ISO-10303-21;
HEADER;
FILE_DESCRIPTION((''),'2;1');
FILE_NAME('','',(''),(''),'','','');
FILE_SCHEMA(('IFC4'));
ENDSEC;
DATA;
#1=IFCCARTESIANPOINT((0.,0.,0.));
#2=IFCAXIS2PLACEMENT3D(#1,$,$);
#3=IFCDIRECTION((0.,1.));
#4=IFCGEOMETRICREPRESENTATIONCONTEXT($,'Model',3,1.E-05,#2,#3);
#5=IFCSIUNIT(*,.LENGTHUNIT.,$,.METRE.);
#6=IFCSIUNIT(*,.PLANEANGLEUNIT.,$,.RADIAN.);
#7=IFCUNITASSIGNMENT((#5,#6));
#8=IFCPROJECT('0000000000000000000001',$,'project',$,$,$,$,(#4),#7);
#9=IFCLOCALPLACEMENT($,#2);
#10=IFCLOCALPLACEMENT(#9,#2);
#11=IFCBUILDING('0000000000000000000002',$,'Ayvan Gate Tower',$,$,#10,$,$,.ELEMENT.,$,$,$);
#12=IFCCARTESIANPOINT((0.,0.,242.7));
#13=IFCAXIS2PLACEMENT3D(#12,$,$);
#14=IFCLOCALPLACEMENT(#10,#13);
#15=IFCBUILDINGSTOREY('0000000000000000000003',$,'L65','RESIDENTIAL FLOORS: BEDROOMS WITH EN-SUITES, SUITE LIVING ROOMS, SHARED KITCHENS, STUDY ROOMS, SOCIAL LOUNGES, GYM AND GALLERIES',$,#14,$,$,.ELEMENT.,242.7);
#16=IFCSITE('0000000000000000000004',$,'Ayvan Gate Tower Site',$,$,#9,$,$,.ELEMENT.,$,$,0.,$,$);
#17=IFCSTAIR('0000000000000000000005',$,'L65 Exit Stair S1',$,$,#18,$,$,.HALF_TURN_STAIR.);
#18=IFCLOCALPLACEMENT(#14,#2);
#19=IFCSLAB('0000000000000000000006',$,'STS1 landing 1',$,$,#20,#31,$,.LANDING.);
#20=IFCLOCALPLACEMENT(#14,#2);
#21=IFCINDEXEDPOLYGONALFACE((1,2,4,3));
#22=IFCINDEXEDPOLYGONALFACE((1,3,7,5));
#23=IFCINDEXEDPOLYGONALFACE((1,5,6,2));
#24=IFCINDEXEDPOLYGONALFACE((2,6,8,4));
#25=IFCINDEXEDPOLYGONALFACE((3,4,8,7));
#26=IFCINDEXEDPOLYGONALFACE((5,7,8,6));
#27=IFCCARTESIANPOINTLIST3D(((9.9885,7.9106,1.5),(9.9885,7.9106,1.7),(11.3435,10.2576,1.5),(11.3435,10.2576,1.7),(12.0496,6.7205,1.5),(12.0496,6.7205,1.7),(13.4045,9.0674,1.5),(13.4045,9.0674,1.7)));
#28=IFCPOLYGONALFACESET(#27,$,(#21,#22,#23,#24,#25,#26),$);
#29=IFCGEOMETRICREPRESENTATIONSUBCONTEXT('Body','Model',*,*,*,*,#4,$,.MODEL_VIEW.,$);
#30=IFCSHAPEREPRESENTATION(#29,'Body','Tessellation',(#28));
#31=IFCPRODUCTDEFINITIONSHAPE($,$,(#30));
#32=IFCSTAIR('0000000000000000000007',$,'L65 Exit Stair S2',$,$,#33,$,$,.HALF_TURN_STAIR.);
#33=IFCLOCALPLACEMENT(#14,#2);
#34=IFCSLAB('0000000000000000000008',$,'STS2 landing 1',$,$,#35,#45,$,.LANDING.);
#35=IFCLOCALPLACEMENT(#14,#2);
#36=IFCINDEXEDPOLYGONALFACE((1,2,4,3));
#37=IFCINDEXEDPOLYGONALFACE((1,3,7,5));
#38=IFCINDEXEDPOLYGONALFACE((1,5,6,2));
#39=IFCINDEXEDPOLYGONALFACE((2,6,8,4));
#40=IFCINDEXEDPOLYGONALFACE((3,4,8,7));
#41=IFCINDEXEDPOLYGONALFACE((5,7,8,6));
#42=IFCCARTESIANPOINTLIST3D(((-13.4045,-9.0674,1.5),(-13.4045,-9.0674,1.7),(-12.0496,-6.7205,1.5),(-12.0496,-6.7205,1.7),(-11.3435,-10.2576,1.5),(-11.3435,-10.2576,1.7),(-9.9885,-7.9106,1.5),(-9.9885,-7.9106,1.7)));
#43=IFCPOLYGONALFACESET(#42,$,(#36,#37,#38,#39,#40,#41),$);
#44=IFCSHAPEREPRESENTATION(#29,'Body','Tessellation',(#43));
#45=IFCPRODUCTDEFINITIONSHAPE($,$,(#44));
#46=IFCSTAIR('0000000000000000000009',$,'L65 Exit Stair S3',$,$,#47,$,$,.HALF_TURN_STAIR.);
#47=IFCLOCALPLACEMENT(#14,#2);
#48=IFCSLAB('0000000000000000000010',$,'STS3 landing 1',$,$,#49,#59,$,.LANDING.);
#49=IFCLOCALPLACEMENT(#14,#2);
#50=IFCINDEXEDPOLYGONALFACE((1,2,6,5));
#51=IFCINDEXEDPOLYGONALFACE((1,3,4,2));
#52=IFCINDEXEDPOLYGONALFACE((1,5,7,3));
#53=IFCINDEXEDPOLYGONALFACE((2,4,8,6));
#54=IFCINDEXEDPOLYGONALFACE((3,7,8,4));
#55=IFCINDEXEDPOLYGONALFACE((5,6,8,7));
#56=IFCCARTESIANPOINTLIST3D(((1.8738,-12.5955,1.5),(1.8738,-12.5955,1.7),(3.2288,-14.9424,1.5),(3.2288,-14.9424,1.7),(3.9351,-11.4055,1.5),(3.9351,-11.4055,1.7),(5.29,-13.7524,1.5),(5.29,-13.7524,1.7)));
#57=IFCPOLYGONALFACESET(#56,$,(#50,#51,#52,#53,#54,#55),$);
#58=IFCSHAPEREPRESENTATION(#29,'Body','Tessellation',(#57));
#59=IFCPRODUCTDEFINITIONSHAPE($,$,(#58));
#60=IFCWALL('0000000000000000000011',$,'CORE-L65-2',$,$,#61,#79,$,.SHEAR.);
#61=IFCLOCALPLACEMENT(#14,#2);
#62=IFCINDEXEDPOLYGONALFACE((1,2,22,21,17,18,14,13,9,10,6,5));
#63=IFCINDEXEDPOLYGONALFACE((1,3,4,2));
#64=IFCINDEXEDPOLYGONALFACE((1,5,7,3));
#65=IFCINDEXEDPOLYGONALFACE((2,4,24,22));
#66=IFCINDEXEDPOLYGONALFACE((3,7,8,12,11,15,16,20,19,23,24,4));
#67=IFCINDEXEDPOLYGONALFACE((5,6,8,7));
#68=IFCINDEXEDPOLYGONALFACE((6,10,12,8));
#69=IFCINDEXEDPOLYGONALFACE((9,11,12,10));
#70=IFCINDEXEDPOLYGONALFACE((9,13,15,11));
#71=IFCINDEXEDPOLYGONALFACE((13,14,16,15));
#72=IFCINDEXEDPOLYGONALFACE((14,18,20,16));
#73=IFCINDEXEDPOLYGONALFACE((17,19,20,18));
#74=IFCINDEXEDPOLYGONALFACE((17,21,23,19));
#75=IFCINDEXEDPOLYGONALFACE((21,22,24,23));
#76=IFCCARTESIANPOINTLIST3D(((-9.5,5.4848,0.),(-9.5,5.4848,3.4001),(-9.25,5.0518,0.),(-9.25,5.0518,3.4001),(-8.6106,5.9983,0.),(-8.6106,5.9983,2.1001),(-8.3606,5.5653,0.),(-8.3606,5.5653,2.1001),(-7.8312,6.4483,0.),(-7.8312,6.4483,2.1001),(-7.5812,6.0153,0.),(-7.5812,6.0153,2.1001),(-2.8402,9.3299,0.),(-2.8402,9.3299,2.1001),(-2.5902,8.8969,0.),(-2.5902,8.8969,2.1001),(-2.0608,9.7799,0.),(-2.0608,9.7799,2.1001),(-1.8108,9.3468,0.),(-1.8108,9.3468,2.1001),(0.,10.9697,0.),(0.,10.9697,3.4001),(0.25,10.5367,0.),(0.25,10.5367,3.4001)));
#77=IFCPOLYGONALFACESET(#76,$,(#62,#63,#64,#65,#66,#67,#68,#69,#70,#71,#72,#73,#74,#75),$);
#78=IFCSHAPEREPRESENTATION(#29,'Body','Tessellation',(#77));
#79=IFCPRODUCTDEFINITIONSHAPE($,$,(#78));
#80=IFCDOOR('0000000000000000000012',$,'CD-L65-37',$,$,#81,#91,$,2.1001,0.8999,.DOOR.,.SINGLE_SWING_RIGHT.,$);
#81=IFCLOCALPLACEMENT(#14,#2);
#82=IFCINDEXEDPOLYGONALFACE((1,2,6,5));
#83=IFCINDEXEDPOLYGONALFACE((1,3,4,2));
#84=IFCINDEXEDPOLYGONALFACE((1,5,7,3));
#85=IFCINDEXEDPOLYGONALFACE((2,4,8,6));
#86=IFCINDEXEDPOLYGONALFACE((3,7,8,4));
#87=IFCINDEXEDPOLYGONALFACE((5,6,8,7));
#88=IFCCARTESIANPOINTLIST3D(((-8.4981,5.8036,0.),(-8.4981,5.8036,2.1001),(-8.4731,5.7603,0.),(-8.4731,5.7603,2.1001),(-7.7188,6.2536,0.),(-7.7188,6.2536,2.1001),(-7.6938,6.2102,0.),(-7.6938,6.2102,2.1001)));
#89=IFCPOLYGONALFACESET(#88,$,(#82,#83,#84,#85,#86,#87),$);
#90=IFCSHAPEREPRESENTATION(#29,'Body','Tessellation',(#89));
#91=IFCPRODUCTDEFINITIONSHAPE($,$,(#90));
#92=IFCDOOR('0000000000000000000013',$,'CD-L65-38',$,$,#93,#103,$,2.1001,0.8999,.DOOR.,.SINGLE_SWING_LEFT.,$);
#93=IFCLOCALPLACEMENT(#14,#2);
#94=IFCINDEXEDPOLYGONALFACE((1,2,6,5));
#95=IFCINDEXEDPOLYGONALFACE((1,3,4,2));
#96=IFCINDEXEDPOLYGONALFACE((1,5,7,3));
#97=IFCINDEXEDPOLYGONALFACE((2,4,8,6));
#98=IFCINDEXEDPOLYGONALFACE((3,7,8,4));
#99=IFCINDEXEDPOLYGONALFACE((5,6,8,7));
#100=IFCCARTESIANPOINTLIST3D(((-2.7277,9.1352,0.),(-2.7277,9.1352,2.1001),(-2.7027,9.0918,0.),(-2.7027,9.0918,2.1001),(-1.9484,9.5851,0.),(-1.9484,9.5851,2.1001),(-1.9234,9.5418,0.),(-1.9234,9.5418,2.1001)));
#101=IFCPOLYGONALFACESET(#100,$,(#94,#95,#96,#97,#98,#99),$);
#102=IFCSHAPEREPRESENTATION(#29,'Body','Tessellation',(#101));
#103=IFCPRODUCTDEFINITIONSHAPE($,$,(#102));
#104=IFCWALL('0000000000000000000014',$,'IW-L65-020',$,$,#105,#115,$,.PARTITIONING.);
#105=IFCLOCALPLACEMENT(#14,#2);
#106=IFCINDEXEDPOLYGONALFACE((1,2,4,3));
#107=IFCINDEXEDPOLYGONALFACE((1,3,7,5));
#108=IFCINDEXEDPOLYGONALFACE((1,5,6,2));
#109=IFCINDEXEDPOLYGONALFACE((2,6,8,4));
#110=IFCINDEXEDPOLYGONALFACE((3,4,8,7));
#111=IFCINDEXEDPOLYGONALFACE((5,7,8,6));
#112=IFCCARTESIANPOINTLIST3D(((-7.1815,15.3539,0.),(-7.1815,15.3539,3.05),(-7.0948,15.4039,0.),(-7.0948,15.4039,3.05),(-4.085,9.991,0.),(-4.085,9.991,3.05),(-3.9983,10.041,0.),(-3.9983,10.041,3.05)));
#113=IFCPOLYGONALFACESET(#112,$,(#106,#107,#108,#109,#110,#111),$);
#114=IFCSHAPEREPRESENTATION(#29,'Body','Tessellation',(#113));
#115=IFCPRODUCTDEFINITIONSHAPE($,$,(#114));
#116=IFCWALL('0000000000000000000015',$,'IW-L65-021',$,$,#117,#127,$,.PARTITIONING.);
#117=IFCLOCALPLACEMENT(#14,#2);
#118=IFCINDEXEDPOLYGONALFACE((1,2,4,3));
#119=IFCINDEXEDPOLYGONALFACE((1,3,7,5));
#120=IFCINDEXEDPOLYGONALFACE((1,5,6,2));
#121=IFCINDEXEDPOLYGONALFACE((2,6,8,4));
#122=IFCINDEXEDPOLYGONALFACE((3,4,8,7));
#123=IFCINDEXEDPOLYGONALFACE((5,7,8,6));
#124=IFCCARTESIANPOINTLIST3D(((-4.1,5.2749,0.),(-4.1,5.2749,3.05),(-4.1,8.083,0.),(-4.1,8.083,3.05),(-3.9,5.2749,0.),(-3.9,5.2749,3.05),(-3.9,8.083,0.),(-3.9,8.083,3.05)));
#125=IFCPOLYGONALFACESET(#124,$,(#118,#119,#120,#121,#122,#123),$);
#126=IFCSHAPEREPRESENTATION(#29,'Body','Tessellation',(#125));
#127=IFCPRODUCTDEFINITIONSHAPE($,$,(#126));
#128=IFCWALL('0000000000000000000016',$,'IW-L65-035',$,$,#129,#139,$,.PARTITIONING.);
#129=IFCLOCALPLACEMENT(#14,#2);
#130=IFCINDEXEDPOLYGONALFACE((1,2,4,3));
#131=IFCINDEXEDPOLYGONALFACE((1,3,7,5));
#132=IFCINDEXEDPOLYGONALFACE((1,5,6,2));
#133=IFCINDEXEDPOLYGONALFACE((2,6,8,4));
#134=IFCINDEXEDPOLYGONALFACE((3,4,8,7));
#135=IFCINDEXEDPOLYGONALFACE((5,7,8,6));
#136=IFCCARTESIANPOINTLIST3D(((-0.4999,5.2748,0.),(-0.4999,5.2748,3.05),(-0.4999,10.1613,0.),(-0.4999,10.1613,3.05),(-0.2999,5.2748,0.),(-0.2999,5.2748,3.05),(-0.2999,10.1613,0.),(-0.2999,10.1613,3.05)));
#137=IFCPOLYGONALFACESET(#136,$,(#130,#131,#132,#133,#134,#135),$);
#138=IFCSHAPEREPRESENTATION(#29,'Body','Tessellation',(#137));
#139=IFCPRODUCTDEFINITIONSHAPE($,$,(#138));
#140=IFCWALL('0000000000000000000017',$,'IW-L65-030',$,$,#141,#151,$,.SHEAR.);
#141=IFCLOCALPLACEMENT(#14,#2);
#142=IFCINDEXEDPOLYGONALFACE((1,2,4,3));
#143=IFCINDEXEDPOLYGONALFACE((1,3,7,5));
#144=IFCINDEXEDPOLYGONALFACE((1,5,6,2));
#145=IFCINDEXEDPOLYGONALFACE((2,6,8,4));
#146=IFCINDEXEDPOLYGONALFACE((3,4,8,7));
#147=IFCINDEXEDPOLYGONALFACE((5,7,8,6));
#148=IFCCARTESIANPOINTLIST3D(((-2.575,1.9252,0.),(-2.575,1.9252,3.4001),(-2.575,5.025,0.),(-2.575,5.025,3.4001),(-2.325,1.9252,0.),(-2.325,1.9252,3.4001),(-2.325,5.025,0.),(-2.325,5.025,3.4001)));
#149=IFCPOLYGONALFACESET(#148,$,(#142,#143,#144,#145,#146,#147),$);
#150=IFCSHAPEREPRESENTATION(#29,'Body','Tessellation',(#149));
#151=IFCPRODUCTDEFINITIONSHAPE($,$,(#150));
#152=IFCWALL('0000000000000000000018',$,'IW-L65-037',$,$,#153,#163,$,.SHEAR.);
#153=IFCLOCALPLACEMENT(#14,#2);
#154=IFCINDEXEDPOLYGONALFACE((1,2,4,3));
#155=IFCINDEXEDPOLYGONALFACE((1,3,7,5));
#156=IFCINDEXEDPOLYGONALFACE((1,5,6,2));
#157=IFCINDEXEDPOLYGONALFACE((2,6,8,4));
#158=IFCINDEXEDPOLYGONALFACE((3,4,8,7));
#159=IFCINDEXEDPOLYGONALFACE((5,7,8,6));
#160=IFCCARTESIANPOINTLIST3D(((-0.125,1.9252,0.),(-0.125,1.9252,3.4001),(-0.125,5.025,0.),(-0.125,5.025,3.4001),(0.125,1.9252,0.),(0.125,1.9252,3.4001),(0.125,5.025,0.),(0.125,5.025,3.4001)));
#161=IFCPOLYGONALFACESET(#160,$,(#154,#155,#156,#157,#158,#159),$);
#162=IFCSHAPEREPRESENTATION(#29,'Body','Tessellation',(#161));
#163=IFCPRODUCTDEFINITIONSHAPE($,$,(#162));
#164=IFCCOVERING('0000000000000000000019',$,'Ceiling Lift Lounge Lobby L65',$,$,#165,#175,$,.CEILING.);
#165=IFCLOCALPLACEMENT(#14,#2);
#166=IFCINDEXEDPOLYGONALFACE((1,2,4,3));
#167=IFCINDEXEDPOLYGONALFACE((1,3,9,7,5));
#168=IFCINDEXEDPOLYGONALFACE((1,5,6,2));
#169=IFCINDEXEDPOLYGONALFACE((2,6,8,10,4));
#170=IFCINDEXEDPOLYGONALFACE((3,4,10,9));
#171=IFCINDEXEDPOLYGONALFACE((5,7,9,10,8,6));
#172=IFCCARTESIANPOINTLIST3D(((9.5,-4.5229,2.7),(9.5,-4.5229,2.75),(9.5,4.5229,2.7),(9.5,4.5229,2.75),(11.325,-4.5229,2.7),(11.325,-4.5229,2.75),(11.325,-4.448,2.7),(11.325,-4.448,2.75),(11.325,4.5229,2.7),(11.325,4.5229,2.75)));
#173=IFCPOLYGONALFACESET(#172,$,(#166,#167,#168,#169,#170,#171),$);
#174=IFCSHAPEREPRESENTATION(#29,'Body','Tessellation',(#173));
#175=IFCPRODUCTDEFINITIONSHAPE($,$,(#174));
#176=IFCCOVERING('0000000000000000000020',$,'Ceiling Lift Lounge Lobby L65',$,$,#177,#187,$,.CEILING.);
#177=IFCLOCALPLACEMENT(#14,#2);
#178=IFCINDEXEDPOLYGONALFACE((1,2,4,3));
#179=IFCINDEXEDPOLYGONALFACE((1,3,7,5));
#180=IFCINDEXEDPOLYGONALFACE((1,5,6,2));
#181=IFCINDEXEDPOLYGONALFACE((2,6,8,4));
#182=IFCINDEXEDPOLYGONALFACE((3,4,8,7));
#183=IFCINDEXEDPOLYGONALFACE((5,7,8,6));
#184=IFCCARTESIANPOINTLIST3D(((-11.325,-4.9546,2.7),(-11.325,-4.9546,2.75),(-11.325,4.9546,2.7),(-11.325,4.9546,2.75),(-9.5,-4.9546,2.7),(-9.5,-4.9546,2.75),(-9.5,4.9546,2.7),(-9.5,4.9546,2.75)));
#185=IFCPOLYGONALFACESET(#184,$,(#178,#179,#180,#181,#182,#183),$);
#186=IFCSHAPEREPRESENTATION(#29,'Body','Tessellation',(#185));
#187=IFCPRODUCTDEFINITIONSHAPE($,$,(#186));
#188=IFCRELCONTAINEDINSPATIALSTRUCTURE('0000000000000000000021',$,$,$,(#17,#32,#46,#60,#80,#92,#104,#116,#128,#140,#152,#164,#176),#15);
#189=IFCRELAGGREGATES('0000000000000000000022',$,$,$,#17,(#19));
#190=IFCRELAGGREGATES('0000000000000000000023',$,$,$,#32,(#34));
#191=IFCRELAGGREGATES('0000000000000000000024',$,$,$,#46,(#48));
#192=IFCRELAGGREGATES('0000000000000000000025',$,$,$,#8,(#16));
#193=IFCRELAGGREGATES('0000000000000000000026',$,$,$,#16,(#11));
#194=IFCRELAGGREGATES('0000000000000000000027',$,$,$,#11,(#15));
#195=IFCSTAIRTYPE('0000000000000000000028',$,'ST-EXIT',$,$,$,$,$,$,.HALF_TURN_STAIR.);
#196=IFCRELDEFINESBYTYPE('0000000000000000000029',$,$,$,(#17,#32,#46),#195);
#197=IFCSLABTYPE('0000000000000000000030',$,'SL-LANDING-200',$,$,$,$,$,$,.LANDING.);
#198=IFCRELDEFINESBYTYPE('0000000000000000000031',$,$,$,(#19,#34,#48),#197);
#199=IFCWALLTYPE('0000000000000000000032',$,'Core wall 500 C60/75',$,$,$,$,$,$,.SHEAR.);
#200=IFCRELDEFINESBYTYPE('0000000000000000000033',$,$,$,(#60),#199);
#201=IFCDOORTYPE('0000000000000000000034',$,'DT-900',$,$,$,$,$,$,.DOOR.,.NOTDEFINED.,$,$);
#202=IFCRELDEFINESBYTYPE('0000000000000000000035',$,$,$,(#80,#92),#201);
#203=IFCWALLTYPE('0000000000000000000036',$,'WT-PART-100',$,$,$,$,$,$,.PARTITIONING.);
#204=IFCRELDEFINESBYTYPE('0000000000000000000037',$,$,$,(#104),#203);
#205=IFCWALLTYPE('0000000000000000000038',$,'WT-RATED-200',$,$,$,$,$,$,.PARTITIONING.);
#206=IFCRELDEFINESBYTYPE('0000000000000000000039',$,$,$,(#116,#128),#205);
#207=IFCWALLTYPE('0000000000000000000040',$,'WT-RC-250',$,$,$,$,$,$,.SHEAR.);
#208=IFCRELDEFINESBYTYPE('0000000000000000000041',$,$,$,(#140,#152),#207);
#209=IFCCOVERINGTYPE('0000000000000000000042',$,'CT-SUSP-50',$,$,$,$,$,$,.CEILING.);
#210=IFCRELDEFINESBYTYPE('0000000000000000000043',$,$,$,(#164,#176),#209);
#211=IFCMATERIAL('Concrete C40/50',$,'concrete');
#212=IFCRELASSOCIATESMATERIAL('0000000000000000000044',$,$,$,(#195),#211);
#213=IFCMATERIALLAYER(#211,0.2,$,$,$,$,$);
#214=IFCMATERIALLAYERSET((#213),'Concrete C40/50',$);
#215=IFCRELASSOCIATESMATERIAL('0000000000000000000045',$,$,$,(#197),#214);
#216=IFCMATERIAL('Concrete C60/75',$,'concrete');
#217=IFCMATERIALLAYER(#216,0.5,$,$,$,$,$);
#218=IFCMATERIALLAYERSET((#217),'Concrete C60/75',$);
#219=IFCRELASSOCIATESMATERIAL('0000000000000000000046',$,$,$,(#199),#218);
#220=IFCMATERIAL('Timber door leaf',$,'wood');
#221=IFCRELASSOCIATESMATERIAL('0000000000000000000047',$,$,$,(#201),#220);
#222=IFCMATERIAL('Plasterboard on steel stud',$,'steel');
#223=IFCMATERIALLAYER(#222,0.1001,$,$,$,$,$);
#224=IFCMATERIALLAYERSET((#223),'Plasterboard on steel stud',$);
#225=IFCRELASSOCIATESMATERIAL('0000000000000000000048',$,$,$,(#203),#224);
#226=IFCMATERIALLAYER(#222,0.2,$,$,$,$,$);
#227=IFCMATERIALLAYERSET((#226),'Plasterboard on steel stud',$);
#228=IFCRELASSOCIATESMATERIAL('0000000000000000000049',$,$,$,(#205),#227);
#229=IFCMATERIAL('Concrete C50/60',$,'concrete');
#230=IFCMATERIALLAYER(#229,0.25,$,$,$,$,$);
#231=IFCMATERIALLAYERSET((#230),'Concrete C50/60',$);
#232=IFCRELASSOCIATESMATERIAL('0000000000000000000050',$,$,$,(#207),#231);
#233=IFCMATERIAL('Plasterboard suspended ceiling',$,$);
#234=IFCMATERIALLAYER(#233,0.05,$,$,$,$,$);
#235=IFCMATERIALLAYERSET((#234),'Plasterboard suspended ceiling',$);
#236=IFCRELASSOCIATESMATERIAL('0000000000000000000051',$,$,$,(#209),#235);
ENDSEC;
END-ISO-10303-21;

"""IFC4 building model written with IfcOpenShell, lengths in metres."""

from ifc_helpers import new_model, si_unit, direction, frame, frame_2d, origin, place, context, subcontext, project, spatial, polyline, rectangle, outline, extrude, material, layer, layer_set, type_object, element, fill, aggregate, save


model = new_model("IFC4")

# Units and contexts
model_context = context("Model", 3, precision=1e-05, world=origin(), true_north=direction((0.0, 1.0)))
body_context = subcontext(model_context, "Body", "Model", "MODEL_VIEW")
ifc_project = project(units=[si_unit("LENGTHUNIT", "METRE"), si_unit("PLANEANGLEUNIT", "RADIAN")], contexts=[model_context])

# Site, building, storey
site_placement = place(None, origin())
site = spatial("IfcSite", under=ifc_project, at=site_placement, Name="Ayvan Gate Tower Site", CompositionType="ELEMENT", RefElevation=0.0)
building_placement = place(site_placement, origin())
building = spatial("IfcBuilding", under=site, at=building_placement, Name="Ayvan Gate Tower", CompositionType="ELEMENT")
storey_placement = place(building_placement, frame((0.0, 0.0, 242.7)))
storey = spatial("IfcBuildingStorey", under=building, at=storey_placement, Name="L65", Description="RESIDENTIAL FLOORS: BEDROOMS WITH EN-SUITES, SUITE LIVING ROOMS, SHARED KITCHENS, STUDY ROOMS, SOCIAL LOUNGES, GYM AND GALLERIES", CompositionType="ELEMENT", Elevation=242.7)

# Stairs, slabs
ifc_material_1 = material(Name="Concrete C40/50", Category="concrete")
stair_type = type_object("IfcStairType", Name="ST-EXIT", PredefinedType="HALF_TURN_STAIR", material=ifc_material_1)
stair_1_placement = place(storey_placement, origin())
stair_1 = element("IfcStair", 1, at=stair_1_placement, inside=storey, type_object=stair_type, Name="L65 Exit Stair S1", PredefinedType="HALF_TURN_STAIR")
ifc_layer_1 = layer(ifc_material_1, 0.2)
ifc_layer_set_1 = layer_set([ifc_layer_1], Name="Concrete C40/50")
slab_type = type_object("IfcSlabType", Name="SL-LANDING-200", PredefinedType="LANDING", material=ifc_layer_set_1)
slab_1_placement = place(storey_placement, frame((0.0, 0.0, 1.5)))
slab_1 = element("IfcSlab", 2, at=slab_1_placement, type_object=slab_type, Name="STS1 landing 1", PredefinedType="LANDING", context=body_context, shape_type="SweptSolid", body=[
    extrude(outline(polyline([(9.9885, 7.9106), (12.0496, 6.7205), (13.4045, 9.0674), (11.3435, 10.2576), (9.9885, 7.9106)])), origin(), (0.0, 0.0, 1.0), 0.2),
])
aggregate(stair_1, [slab_1])
stair_2_placement = place(storey_placement, origin())
stair_2 = element("IfcStair", 3, at=stair_2_placement, inside=storey, type_object=stair_type, Name="L65 Exit Stair S2", PredefinedType="HALF_TURN_STAIR")
slab_2_placement = place(storey_placement, frame((0.0, 0.0, 1.5)))
slab_2 = element("IfcSlab", 4, at=slab_2_placement, type_object=slab_type, Name="STS2 landing 1", PredefinedType="LANDING", context=body_context, shape_type="SweptSolid", body=[
    extrude(outline(polyline([(-9.9885, -7.9106), (-12.0496, -6.7205), (-13.4045, -9.0674), (-11.3435, -10.2576), (-9.9885, -7.9106)])), origin(), (0.0, 0.0, 1.0), 0.2),
])
aggregate(stair_2, [slab_2])
stair_3_placement = place(storey_placement, origin())
stair_3 = element("IfcStair", 5, at=stair_3_placement, inside=storey, type_object=stair_type, Name="L65 Exit Stair S3", PredefinedType="HALF_TURN_STAIR")
slab_3_placement = place(storey_placement, frame((0.0, 0.0, 1.5)))
slab_3 = element("IfcSlab", 6, at=slab_3_placement, type_object=slab_type, Name="STS3 landing 1", PredefinedType="LANDING", context=body_context, shape_type="SweptSolid", body=[
    extrude(outline(polyline([(3.9351, -11.4055), (1.8738, -12.5955), (3.2288, -14.9424), (5.29, -13.7524), (3.9351, -11.4055)])), origin(), (0.0, 0.0, 1.0), 0.2),
])
aggregate(stair_3, [slab_3])

# Wall, openings, doors
ifc_material_2 = material(Name="Concrete C60/75", Category="concrete")
ifc_layer_2 = layer(ifc_material_2, 0.5)
ifc_layer_set_2 = layer_set([ifc_layer_2], Name="Concrete C60/75")
wall_type_1 = type_object("IfcWallType", Name="Core wall 500 C60/75", PredefinedType="SHEAR", material=ifc_layer_set_2)
wall_1_placement = place(storey_placement, frame((0.125, 10.7532, 0.0), z_axis=(0.0, 0.0, 1.0), x_axis=(-0.866024, -0.500002, 0.0)))
wall_1 = element("IfcWall", 7, at=wall_1_placement, inside=storey, type_object=wall_type_1, Name="CORE-L65-2", PredefinedType="SHEAR", context=body_context, shape_type="SweptSolid", body=[
    extrude(rectangle(XDim=10.9697, YDim=0.5, at=frame_2d((5.4849, 0.0))), origin(), (0.0, 0.0, 1.0), 3.4001),
])
opening_1_placement = place(wall_1_placement, frame((9.0427, 0.0, 0.0)))
opening_1 = element("IfcOpeningElement", 8, at=opening_1_placement, cuts=wall_1, PredefinedType="OPENING", context=body_context, shape_type="SweptSolid", body=[
    extrude(rectangle(XDim=0.8999, YDim=2.1001, at=frame_2d((0.45, 1.05))), frame((0.0, 0.26, 0.0), z_axis=(0.0, -1.0, 0.0), x_axis=(1.0, 0.0, 0.0)), (0.0, 0.0, 1.0), 0.52),
])
opening_2_placement = place(wall_1_placement, frame((2.3796, 0.0, 0.0)))
opening_2 = element("IfcOpeningElement", 9, at=opening_2_placement, cuts=wall_1, PredefinedType="OPENING", context=body_context, shape_type="SweptSolid", body=[
    extrude(rectangle(XDim=0.8999, YDim=2.1001, at=frame_2d((0.45, 1.05))), frame((0.0, 0.26, 0.0), z_axis=(0.0, -1.0, 0.0), x_axis=(1.0, 0.0, 0.0)), (0.0, 0.0, 1.0), 0.52),
])
ifc_material_3 = material(Name="Timber door leaf", Category="wood")
door_type = type_object("IfcDoorType", Name="DT-900", OperationType="NOTDEFINED", PredefinedType="DOOR", material=ifc_material_3)
door_1_placement = place(opening_1_placement, origin())
door_1 = element("IfcDoor", 10, at=door_1_placement, inside=storey, type_object=door_type, Name="CD-L65-37", OperationType="SINGLE_SWING_RIGHT", OverallHeight=2.1001, OverallWidth=0.8999, PredefinedType="DOOR", context=body_context, shape_type="SweptSolid", body=[
    extrude(rectangle(XDim=0.8999, YDim=2.1001, at=frame_2d((0.45, 1.05))), frame((0.0, 0.0249, 0.0), z_axis=(0.0, -1.0, 0.0), x_axis=(1.0, 0.0, 0.0)), (0.0, 0.0, 1.0), 0.05),
])
fill(opening_1, door_1)
door_2_placement = place(opening_2_placement, origin())
door_2 = element("IfcDoor", 11, at=door_2_placement, inside=storey, type_object=door_type, Name="CD-L65-38", OperationType="SINGLE_SWING_LEFT", OverallHeight=2.1001, OverallWidth=0.8999, PredefinedType="DOOR", context=body_context, shape_type="SweptSolid", body=[
    extrude(rectangle(XDim=0.8999, YDim=2.1001, at=frame_2d((0.45, 1.05))), frame((0.0, 0.0249, 0.0), z_axis=(0.0, -1.0, 0.0), x_axis=(1.0, 0.0, 0.0)), (0.0, 0.0, 1.0), 0.05),
])
fill(opening_2, door_2)

# Walls
ifc_material_4 = material(Name="Plasterboard on steel stud", Category="steel")
ifc_layer_3 = layer(ifc_material_4, 0.1001)
ifc_layer_set_3 = layer_set([ifc_layer_3], Name="Plasterboard on steel stud")
wall_type_2 = type_object("IfcWallType", Name="WT-PART-100", PredefinedType="PARTITIONING", material=ifc_layer_set_3)
wall_2_placement = place(storey_placement, frame((-4.0417, 10.0161, 0.0), z_axis=(0.0, 0.0, 1.0), x_axis=(-0.500027, 0.86601, 0.0)))
element("IfcWall", 12, at=wall_2_placement, inside=storey, type_object=wall_type_2, Name="IW-L65-020", PredefinedType="PARTITIONING", context=body_context, shape_type="SweptSolid", body=[
    extrude(rectangle(XDim=6.1926, YDim=0.1001, at=frame_2d((3.0962, 0.0))), origin(), (0.0, 0.0, 1.0), 3.05),
])
ifc_layer_4 = layer(ifc_material_4, 0.2)
ifc_layer_set_4 = layer_set([ifc_layer_4], Name="Plasterboard on steel stud")
wall_type_3 = type_object("IfcWallType", Name="WT-RATED-200", PredefinedType="PARTITIONING", material=ifc_layer_set_4)
wall_3_placement = place(storey_placement, frame((-4.0, 8.083, 0.0), z_axis=(0.0, 0.0, 1.0), x_axis=(0.0, -1.0, 0.0)))
element("IfcWall", 13, at=wall_3_placement, inside=storey, type_object=wall_type_3, Name="IW-L65-021", PredefinedType="PARTITIONING", context=body_context, shape_type="SweptSolid", body=[
    extrude(rectangle(XDim=2.8081, YDim=0.2, at=frame_2d((1.4041, 0.0))), origin(), (0.0, 0.0, 1.0), 3.05),
])
wall_4_placement = place(storey_placement, frame((-0.3999, 10.1614, 0.0), z_axis=(0.0, 0.0, 1.0), x_axis=(0.0, -1.0, 0.0)))
element("IfcWall", 14, at=wall_4_placement, inside=storey, type_object=wall_type_3, Name="IW-L65-035", PredefinedType="PARTITIONING", context=body_context, shape_type="SweptSolid", body=[
    extrude(rectangle(XDim=4.8865, YDim=0.2, at=frame_2d((2.4434, 0.0))), origin(), (0.0, 0.0, 1.0), 3.05),
])
ifc_material_5 = material(Name="Concrete C50/60", Category="concrete")
ifc_layer_5 = layer(ifc_material_5, 0.25)
ifc_layer_set_5 = layer_set([ifc_layer_5], Name="Concrete C50/60")
wall_type_4 = type_object("IfcWallType", Name="WT-RC-250", PredefinedType="SHEAR", material=ifc_layer_set_5)
for number, where, z_axis, x_axis, name in (
    (15, (-2.45, 5.0249, 0.0), (0.0, 0.0, 1.0), (0.0, -1.0, 0.0), "IW-L65-030"),
    (16, (0.0, 5.0249, 0.0), (0.0, 0.0, 1.0), (0.0, -1.0, 0.0), "IW-L65-037"),
):
    element("IfcWall", number, at=place(storey_placement, frame(where, z_axis=z_axis, x_axis=x_axis)), inside=storey, type_object=wall_type_4, Name=name, PredefinedType="SHEAR", context=body_context, shape_type="SweptSolid", body=[
        extrude(rectangle(XDim=3.0999, YDim=0.25, at=frame_2d((1.5498, 0.0))), origin(), (0.0, 0.0, 1.0), 3.4001),
    ])

# Coverings
ifc_material_6 = material(Name="Plasterboard suspended ceiling")
ifc_layer_6 = layer(ifc_material_6, 0.05)
ifc_layer_set_6 = layer_set([ifc_layer_6], Name="Plasterboard suspended ceiling")
covering_type = type_object("IfcCoveringType", Name="CT-SUSP-50", PredefinedType="CEILING", material=ifc_layer_set_6)
covering_1_placement = place(storey_placement, frame((0.0, 0.0, 2.7)))
element("IfcCovering", 17, at=covering_1_placement, inside=storey, type_object=covering_type, Name="Ceiling Lift Lounge Lobby L65", PredefinedType="CEILING", context=body_context, shape_type="SweptSolid", body=[
    extrude(outline(polyline([(11.325, -4.5229), (9.5, -4.5229), (9.5, 4.5229), (11.325, 4.5229), (11.325, -4.448), (11.325, -4.448), (11.325, -4.5229)])), origin(), (0.0, 0.0, 1.0), 0.05),
])
covering_2_placement = place(storey_placement, frame((0.0, 0.0, 2.7)))
element("IfcCovering", 18, at=covering_2_placement, inside=storey, type_object=covering_type, Name="Ceiling Lift Lounge Lobby L65", PredefinedType="CEILING", context=body_context, shape_type="SweptSolid", body=[
    extrude(outline(polyline([(-11.325, 4.9546), (-9.5, 4.9546), (-9.5, -4.9546), (-11.325, -4.9546), (-11.325, 4.9546)])), origin(), (0.0, 0.0, 1.0), 0.05),
])

save(model, "model.ifc")
